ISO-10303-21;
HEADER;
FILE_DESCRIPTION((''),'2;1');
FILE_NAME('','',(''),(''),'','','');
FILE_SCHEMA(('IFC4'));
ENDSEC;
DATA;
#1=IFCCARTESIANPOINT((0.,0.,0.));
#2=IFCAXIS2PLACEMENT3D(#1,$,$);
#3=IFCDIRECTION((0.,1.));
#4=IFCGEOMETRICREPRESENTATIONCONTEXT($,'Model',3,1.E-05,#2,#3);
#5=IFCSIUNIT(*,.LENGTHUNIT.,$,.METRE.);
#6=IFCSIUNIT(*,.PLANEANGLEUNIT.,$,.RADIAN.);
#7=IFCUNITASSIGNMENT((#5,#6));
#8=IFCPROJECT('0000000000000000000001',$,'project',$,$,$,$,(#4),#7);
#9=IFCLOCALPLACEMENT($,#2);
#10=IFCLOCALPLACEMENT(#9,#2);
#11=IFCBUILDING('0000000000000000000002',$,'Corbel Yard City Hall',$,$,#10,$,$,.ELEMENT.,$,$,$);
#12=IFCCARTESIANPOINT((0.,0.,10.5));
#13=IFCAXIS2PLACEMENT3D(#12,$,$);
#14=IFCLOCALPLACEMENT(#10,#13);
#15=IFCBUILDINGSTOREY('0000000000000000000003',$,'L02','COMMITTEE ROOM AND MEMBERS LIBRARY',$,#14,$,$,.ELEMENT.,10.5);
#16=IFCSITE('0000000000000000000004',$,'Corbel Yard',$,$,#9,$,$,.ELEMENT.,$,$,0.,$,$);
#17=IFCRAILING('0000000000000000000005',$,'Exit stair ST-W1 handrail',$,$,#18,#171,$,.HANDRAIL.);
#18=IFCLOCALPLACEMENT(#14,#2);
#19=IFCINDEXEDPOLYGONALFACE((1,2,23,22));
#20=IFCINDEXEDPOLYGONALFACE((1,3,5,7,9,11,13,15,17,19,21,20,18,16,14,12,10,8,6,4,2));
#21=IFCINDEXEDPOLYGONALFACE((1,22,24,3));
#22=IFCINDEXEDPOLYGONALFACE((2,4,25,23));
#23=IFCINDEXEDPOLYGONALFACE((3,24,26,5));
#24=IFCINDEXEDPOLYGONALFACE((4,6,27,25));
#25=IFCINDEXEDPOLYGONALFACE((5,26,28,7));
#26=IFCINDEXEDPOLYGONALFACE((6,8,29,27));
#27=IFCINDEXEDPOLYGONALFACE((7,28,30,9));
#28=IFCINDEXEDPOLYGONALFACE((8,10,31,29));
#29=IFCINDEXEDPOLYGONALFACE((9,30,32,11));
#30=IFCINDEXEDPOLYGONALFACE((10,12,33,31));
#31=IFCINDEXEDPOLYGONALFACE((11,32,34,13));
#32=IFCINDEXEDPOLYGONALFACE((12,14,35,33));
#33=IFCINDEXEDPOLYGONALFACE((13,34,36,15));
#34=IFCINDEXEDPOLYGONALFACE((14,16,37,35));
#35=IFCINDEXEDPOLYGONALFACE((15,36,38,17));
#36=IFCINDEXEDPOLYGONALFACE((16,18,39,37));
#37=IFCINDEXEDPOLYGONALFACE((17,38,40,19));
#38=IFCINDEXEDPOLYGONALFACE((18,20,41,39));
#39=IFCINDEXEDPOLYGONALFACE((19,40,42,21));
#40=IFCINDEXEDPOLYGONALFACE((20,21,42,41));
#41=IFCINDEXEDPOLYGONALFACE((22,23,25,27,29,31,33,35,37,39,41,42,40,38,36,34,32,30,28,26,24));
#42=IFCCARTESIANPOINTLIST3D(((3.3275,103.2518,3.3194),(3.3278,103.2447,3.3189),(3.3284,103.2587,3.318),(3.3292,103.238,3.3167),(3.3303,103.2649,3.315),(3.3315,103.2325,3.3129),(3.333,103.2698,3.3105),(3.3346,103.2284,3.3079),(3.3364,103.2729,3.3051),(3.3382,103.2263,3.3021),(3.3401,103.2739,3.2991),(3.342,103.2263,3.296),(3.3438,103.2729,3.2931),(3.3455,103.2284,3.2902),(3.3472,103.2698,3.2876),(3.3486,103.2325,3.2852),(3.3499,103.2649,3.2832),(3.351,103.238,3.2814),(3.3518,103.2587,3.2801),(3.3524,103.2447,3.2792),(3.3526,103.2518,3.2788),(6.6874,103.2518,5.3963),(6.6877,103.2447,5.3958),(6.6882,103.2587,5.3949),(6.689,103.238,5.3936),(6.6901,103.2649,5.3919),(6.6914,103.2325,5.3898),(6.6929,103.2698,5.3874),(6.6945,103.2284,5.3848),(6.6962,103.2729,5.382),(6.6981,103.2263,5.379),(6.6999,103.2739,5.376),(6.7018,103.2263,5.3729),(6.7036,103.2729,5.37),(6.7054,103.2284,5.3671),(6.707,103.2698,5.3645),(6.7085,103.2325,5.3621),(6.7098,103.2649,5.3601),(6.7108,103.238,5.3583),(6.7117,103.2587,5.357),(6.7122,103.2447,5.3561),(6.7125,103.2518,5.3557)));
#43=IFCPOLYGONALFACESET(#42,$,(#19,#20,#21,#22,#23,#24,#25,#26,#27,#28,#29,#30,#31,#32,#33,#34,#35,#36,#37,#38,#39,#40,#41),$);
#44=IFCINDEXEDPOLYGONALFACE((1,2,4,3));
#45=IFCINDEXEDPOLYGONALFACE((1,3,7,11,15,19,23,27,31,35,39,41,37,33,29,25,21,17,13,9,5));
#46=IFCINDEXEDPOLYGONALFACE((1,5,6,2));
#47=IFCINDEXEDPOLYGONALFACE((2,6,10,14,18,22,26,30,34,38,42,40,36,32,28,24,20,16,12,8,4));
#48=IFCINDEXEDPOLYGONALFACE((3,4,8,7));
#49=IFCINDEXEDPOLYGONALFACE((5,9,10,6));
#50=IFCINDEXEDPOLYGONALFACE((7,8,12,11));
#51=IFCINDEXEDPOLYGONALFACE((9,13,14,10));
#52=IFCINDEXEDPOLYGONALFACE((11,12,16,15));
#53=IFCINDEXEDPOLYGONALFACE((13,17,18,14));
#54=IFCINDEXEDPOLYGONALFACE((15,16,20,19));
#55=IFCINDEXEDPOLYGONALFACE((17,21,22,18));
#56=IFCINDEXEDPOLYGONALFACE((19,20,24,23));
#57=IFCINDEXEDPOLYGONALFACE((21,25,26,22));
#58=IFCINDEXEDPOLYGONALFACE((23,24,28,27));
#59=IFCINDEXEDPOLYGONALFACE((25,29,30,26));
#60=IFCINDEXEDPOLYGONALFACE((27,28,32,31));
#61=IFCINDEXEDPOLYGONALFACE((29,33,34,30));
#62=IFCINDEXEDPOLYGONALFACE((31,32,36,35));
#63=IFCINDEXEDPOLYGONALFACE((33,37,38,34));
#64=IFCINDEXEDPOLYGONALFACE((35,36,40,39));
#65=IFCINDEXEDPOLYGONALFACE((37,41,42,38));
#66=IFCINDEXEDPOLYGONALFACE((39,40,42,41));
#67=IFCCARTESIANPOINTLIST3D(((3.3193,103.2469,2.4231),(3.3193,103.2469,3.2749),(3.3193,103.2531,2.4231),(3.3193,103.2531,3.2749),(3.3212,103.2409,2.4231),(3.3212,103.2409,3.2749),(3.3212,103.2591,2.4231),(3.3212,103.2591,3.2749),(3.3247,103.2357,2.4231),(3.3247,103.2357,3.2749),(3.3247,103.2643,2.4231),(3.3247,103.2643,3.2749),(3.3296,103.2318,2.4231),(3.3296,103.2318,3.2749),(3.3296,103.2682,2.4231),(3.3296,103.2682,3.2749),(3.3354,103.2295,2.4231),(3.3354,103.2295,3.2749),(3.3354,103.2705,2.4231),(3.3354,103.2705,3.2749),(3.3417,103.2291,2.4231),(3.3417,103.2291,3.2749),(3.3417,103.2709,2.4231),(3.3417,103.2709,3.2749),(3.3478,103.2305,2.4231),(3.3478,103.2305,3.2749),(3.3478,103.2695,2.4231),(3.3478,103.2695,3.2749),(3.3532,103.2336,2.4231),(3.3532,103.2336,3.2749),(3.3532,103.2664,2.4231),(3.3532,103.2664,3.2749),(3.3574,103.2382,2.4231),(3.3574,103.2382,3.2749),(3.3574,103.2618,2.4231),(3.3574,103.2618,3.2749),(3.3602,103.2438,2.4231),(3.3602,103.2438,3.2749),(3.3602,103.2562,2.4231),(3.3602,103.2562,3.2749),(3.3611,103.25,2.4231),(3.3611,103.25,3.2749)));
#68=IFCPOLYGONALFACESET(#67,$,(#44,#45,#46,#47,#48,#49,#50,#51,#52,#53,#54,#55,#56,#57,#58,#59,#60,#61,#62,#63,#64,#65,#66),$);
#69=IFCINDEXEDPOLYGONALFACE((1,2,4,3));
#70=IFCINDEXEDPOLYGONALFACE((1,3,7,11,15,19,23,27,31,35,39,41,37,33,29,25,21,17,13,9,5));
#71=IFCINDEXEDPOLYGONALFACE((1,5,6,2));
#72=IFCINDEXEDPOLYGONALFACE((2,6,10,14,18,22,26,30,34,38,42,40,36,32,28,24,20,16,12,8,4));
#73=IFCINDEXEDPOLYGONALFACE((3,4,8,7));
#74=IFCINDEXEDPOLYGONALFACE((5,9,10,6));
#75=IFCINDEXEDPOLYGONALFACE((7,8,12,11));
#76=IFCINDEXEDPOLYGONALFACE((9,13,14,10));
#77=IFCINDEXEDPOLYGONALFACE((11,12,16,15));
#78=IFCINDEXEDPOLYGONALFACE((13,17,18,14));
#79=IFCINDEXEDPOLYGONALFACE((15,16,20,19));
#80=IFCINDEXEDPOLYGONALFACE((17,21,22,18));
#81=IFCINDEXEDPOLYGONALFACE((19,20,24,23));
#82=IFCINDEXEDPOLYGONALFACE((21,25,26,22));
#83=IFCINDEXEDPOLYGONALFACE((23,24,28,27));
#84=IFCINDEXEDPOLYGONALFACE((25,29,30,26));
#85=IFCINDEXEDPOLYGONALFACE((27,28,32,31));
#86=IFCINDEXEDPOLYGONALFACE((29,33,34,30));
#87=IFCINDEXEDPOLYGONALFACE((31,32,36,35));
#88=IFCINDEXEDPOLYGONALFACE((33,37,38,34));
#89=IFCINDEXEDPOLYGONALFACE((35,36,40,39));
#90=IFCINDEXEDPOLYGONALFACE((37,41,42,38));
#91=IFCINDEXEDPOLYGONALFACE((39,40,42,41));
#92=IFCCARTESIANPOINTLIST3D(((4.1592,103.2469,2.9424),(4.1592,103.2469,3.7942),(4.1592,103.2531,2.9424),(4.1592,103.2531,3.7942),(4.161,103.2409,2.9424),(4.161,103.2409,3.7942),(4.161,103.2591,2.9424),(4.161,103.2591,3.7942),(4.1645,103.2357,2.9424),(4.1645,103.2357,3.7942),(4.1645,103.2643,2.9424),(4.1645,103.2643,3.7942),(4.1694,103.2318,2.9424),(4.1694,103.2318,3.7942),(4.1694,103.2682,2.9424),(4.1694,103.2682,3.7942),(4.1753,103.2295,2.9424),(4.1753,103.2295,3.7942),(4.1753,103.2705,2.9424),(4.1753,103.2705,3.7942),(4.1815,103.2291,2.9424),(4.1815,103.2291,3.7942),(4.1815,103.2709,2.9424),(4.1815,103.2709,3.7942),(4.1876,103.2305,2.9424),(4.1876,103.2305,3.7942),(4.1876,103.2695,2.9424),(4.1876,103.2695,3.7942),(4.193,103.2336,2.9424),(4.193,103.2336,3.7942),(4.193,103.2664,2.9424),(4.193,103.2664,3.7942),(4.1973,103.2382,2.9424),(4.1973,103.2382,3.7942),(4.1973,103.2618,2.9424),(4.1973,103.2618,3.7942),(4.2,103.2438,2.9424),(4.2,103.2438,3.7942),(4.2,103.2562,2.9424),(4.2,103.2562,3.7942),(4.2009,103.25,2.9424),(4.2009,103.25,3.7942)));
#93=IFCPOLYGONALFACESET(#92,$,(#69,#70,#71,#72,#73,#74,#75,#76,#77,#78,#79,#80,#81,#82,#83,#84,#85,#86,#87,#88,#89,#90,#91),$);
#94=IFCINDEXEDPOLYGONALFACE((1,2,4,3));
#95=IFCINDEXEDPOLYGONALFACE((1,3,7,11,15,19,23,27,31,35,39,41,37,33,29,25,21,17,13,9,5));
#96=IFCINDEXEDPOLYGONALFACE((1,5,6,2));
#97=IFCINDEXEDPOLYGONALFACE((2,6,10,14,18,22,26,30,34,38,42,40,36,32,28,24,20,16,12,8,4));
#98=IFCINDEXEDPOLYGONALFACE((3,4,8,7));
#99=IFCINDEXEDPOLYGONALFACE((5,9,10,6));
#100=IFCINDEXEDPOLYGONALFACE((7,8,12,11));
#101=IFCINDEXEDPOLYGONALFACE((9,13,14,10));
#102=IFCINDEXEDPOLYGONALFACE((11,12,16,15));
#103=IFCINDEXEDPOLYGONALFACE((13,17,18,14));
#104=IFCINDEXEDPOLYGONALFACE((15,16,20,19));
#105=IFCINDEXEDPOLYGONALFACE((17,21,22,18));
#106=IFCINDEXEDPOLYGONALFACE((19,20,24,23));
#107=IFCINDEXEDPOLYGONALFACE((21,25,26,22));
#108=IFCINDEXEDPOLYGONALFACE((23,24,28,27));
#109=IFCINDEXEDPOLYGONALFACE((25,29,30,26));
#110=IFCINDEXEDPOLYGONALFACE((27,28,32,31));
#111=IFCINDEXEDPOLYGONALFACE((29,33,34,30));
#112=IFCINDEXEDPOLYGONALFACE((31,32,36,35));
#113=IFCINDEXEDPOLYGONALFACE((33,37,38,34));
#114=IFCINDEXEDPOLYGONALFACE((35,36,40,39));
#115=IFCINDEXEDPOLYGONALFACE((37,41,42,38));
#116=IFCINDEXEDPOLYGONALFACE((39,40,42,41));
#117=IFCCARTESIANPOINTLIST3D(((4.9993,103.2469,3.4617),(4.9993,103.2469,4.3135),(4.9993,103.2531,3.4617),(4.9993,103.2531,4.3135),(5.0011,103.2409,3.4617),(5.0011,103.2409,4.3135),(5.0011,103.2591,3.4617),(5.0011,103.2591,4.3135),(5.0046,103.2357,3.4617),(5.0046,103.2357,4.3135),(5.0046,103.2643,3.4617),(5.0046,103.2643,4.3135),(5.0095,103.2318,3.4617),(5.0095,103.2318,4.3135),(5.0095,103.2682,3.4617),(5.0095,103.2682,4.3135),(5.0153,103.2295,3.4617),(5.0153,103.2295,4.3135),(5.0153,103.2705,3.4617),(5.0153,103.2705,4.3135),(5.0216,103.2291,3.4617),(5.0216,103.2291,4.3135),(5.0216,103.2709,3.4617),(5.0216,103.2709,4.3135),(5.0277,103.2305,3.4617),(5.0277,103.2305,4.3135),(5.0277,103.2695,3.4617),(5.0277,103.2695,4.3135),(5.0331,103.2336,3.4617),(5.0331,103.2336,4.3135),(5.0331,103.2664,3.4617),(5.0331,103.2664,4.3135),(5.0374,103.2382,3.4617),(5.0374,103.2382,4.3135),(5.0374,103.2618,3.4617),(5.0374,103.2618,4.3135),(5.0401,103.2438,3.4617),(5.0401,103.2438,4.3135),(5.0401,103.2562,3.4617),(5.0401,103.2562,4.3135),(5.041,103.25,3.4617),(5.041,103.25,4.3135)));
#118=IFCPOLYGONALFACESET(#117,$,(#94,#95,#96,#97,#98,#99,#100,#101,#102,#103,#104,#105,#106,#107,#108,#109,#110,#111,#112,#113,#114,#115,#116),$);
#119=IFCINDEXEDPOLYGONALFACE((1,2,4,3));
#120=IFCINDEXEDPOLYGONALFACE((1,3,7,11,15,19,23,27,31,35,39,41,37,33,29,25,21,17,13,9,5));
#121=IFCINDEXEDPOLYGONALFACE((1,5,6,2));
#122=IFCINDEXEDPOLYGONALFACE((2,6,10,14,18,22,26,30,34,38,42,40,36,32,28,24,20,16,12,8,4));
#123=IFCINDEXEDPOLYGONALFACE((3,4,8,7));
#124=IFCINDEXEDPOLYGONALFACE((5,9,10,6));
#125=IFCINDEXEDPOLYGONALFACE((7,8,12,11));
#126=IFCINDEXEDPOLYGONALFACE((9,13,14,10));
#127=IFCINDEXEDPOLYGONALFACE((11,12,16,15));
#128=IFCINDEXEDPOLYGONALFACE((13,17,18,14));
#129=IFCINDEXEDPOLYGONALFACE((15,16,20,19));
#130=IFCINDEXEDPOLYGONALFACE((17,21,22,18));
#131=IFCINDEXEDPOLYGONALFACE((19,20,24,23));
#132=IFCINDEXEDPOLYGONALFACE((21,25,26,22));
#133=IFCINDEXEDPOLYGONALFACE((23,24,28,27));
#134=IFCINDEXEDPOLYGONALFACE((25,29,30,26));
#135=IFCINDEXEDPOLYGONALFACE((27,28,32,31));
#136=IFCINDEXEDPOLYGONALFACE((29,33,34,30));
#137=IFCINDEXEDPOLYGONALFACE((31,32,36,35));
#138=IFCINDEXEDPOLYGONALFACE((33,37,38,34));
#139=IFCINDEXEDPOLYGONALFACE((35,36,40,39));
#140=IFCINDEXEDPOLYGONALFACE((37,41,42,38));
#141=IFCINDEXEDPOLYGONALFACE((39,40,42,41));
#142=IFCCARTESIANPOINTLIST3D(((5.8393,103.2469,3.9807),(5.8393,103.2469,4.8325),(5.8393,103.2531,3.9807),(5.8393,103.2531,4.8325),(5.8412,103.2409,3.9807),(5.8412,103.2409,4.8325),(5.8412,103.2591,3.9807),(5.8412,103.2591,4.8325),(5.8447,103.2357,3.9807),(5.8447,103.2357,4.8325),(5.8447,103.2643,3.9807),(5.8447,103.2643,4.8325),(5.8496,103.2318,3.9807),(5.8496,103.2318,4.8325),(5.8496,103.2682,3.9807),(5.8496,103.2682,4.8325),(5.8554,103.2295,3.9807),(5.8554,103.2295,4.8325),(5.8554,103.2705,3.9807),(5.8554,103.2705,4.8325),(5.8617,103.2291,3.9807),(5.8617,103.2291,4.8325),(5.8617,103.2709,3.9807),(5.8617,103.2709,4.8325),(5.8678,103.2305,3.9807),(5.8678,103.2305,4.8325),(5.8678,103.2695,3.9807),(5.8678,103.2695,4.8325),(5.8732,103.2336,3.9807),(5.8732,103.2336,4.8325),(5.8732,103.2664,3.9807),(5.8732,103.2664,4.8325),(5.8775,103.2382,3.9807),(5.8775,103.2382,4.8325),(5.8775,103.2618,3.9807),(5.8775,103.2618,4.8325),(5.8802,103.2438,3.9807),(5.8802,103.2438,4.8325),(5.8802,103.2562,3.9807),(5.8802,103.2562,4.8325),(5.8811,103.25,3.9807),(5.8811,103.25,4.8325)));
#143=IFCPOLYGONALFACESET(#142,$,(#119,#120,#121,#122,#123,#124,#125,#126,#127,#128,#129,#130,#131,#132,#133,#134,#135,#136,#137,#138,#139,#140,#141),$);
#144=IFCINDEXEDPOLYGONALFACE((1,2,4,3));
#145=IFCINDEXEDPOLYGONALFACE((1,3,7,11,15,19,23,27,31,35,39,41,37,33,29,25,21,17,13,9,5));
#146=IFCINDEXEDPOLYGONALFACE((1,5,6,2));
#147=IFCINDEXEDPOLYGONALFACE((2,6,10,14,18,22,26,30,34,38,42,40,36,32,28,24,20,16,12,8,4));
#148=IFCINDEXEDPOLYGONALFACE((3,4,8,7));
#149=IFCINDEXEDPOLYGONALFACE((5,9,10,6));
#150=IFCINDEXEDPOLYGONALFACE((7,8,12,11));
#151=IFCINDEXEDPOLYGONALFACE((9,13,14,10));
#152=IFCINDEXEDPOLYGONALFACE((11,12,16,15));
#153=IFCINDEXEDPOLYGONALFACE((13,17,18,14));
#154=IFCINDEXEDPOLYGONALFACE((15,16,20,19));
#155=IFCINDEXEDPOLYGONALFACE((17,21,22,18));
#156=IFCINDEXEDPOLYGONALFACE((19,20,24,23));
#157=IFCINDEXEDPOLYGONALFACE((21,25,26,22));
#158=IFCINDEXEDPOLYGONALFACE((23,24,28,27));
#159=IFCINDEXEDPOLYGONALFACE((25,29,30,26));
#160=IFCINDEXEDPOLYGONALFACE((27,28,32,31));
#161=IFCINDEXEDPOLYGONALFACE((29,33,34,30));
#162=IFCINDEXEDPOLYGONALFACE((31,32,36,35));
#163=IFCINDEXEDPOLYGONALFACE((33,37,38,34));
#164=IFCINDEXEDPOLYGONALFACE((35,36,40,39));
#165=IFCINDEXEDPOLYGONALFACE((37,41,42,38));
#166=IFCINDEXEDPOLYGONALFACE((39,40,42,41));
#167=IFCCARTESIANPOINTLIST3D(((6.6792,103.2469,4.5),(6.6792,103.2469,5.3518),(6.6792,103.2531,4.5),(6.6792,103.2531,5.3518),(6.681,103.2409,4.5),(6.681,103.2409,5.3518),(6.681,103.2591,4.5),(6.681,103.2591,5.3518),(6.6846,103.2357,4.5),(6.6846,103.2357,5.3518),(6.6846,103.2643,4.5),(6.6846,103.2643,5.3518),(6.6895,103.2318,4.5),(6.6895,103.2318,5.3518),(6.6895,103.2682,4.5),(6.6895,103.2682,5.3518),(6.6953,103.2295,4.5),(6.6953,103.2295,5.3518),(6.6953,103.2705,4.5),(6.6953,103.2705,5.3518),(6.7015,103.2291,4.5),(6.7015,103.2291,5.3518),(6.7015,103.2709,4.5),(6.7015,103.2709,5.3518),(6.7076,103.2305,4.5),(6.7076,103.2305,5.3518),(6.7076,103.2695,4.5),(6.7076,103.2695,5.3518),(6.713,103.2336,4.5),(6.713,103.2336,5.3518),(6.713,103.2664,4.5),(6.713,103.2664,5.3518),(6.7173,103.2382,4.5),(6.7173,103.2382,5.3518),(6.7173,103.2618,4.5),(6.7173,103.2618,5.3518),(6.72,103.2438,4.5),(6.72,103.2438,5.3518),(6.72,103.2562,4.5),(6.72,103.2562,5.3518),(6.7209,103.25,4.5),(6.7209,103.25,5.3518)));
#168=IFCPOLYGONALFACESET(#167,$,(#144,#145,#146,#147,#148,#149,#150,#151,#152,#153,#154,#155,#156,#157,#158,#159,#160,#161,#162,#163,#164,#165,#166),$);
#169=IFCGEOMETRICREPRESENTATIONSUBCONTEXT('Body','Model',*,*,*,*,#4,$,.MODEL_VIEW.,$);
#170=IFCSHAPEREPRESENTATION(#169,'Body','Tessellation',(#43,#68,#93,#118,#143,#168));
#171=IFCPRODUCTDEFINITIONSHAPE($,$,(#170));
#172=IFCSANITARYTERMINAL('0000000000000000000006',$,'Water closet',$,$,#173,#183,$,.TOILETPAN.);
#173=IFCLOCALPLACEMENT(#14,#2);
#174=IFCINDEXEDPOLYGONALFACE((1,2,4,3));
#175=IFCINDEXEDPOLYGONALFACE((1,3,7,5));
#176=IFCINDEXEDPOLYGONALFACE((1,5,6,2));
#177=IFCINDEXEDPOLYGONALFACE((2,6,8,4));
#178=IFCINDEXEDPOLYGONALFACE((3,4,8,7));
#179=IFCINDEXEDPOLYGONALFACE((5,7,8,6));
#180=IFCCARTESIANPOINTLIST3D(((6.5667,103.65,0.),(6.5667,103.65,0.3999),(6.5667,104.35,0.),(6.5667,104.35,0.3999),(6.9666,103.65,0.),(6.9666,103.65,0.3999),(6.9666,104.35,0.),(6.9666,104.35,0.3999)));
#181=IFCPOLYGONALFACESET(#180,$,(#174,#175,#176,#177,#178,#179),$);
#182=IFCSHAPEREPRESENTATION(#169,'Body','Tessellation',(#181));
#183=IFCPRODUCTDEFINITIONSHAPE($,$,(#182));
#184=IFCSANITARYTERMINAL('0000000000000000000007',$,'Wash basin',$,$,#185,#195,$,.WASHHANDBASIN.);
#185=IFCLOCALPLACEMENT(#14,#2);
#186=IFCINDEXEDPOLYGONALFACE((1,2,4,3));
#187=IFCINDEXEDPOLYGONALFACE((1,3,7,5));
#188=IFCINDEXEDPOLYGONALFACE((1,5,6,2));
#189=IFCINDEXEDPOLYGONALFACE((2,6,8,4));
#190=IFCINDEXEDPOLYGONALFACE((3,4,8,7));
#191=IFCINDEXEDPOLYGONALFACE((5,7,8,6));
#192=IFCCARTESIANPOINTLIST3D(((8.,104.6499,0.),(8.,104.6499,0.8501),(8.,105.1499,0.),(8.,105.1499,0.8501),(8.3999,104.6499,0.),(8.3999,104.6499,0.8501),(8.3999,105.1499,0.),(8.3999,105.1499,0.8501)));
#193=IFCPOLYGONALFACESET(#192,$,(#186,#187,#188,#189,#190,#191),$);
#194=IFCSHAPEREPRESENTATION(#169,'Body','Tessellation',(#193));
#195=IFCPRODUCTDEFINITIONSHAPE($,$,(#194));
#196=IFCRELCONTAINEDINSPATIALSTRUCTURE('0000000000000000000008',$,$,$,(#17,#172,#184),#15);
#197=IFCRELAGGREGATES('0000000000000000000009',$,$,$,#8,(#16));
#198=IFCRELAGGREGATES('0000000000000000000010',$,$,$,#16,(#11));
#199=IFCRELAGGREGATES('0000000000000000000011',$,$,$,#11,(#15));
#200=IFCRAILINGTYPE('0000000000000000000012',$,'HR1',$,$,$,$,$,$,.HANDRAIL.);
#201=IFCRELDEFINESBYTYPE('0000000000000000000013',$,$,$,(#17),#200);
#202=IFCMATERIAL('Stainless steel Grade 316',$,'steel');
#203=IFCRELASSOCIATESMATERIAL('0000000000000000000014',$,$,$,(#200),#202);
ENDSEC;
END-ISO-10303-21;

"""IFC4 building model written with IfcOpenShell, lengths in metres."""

from ifc_helpers import new_model, si_unit, direction, frame, origin, origin_2d, place, context, subcontext, project, spatial, rectangle, circle, extrude, material, type_object, element, save


model = new_model("IFC4")

# Units and contexts
model_context = context("Model", 3, precision=1e-05, world=origin(), true_north=direction((0.0, 1.0)))
body_context = subcontext(model_context, "Body", "Model", "MODEL_VIEW")
ifc_project = project(units=[si_unit("LENGTHUNIT", "METRE"), si_unit("PLANEANGLEUNIT", "RADIAN")], contexts=[model_context])

# Site, building, storey
site_placement = place(None, origin())
site = spatial("IfcSite", under=ifc_project, at=site_placement, Name="Corbel Yard", CompositionType="ELEMENT", RefElevation=0.0)
building_placement = place(site_placement, origin())
building = spatial("IfcBuilding", under=site, at=building_placement, Name="Corbel Yard City Hall", CompositionType="ELEMENT")
storey_placement = place(building_placement, frame((0.0, 0.0, 10.5)))
storey = spatial("IfcBuildingStorey", under=building, at=storey_placement, Name="L02", Description="COMMITTEE ROOM AND MEMBERS LIBRARY", CompositionType="ELEMENT", Elevation=10.5)

# Shared definitions
ifc_material_1 = material(Name="Stainless steel Grade 316", Category="steel")

# Railing
railing_type = type_object("IfcRailingType", Name="HR1", PredefinedType="HANDRAIL", material=ifc_material_1)
for number, where, name in (
    (1, (3.3401, 103.25, 2.4231), "Exit stair ST-W1 handrail"),
):
    element("IfcRailing", number, at=place(storey_placement, frame(where)), inside=storey, type_object=railing_type, Name=name, PredefinedType="HANDRAIL", context=body_context, shape_type="SweptSolid", body=[
        extrude(circle(Radius=0.0239, at=origin_2d()), frame((0.0, 0.0, 0.876), z_axis=(0.850606, 0.0, 0.525803), x_axis=(0.0, 1.0, 0.0)), (0.0, 0.0, 1.0), 3.95),
        extrude(circle(Radius=0.021, at=origin_2d()), origin(), (0.0, 0.0, 1.0), 0.8518),
        extrude(circle(Radius=0.021, at=origin_2d()), frame((0.8398, 0.0, 0.5193)), (0.0, 0.0, 1.0), 0.8518),
        extrude(circle(Radius=0.021, at=origin_2d()), frame((1.6799, 0.0, 1.0386)), (0.0, 0.0, 1.0), 0.8518),
        extrude(circle(Radius=0.021, at=origin_2d()), frame((2.52, 0.0, 1.5576)), (0.0, 0.0, 1.0), 0.8518),
        extrude(circle(Radius=0.021, at=origin_2d()), frame((3.3599, 0.0, 2.0769)), (0.0, 0.0, 1.0), 0.8518),
    ])

# Sanitary terminals
sanitary_terminal_1_placement = place(storey_placement, frame((6.7666, 104.0, 0.0), z_axis=(0.0, 0.0, 1.0), x_axis=(1.0, 0.0, 0.0)))
element("IfcSanitaryTerminal", 2, at=sanitary_terminal_1_placement, inside=storey, Name="Water closet", PredefinedType="TOILETPAN", context=body_context, shape_type="SweptSolid", body=[
    extrude(rectangle(XDim=0.3999, YDim=0.7, at=origin_2d()), origin(), (0.0, 0.0, 1.0), 0.3999),
])
sanitary_terminal_2_placement = place(storey_placement, frame((8.2, 104.8999, 0.0), z_axis=(0.0, 0.0, 1.0), x_axis=(1.0, 0.0, 0.0)))
element("IfcSanitaryTerminal", 3, at=sanitary_terminal_2_placement, inside=storey, Name="Wash basin", PredefinedType="WASHHANDBASIN", context=body_context, shape_type="SweptSolid", body=[
    extrude(rectangle(XDim=0.3999, YDim=0.5, at=origin_2d()), origin(), (0.0, 0.0, 1.0), 0.8501),
])

save(model, "model.ifc")
